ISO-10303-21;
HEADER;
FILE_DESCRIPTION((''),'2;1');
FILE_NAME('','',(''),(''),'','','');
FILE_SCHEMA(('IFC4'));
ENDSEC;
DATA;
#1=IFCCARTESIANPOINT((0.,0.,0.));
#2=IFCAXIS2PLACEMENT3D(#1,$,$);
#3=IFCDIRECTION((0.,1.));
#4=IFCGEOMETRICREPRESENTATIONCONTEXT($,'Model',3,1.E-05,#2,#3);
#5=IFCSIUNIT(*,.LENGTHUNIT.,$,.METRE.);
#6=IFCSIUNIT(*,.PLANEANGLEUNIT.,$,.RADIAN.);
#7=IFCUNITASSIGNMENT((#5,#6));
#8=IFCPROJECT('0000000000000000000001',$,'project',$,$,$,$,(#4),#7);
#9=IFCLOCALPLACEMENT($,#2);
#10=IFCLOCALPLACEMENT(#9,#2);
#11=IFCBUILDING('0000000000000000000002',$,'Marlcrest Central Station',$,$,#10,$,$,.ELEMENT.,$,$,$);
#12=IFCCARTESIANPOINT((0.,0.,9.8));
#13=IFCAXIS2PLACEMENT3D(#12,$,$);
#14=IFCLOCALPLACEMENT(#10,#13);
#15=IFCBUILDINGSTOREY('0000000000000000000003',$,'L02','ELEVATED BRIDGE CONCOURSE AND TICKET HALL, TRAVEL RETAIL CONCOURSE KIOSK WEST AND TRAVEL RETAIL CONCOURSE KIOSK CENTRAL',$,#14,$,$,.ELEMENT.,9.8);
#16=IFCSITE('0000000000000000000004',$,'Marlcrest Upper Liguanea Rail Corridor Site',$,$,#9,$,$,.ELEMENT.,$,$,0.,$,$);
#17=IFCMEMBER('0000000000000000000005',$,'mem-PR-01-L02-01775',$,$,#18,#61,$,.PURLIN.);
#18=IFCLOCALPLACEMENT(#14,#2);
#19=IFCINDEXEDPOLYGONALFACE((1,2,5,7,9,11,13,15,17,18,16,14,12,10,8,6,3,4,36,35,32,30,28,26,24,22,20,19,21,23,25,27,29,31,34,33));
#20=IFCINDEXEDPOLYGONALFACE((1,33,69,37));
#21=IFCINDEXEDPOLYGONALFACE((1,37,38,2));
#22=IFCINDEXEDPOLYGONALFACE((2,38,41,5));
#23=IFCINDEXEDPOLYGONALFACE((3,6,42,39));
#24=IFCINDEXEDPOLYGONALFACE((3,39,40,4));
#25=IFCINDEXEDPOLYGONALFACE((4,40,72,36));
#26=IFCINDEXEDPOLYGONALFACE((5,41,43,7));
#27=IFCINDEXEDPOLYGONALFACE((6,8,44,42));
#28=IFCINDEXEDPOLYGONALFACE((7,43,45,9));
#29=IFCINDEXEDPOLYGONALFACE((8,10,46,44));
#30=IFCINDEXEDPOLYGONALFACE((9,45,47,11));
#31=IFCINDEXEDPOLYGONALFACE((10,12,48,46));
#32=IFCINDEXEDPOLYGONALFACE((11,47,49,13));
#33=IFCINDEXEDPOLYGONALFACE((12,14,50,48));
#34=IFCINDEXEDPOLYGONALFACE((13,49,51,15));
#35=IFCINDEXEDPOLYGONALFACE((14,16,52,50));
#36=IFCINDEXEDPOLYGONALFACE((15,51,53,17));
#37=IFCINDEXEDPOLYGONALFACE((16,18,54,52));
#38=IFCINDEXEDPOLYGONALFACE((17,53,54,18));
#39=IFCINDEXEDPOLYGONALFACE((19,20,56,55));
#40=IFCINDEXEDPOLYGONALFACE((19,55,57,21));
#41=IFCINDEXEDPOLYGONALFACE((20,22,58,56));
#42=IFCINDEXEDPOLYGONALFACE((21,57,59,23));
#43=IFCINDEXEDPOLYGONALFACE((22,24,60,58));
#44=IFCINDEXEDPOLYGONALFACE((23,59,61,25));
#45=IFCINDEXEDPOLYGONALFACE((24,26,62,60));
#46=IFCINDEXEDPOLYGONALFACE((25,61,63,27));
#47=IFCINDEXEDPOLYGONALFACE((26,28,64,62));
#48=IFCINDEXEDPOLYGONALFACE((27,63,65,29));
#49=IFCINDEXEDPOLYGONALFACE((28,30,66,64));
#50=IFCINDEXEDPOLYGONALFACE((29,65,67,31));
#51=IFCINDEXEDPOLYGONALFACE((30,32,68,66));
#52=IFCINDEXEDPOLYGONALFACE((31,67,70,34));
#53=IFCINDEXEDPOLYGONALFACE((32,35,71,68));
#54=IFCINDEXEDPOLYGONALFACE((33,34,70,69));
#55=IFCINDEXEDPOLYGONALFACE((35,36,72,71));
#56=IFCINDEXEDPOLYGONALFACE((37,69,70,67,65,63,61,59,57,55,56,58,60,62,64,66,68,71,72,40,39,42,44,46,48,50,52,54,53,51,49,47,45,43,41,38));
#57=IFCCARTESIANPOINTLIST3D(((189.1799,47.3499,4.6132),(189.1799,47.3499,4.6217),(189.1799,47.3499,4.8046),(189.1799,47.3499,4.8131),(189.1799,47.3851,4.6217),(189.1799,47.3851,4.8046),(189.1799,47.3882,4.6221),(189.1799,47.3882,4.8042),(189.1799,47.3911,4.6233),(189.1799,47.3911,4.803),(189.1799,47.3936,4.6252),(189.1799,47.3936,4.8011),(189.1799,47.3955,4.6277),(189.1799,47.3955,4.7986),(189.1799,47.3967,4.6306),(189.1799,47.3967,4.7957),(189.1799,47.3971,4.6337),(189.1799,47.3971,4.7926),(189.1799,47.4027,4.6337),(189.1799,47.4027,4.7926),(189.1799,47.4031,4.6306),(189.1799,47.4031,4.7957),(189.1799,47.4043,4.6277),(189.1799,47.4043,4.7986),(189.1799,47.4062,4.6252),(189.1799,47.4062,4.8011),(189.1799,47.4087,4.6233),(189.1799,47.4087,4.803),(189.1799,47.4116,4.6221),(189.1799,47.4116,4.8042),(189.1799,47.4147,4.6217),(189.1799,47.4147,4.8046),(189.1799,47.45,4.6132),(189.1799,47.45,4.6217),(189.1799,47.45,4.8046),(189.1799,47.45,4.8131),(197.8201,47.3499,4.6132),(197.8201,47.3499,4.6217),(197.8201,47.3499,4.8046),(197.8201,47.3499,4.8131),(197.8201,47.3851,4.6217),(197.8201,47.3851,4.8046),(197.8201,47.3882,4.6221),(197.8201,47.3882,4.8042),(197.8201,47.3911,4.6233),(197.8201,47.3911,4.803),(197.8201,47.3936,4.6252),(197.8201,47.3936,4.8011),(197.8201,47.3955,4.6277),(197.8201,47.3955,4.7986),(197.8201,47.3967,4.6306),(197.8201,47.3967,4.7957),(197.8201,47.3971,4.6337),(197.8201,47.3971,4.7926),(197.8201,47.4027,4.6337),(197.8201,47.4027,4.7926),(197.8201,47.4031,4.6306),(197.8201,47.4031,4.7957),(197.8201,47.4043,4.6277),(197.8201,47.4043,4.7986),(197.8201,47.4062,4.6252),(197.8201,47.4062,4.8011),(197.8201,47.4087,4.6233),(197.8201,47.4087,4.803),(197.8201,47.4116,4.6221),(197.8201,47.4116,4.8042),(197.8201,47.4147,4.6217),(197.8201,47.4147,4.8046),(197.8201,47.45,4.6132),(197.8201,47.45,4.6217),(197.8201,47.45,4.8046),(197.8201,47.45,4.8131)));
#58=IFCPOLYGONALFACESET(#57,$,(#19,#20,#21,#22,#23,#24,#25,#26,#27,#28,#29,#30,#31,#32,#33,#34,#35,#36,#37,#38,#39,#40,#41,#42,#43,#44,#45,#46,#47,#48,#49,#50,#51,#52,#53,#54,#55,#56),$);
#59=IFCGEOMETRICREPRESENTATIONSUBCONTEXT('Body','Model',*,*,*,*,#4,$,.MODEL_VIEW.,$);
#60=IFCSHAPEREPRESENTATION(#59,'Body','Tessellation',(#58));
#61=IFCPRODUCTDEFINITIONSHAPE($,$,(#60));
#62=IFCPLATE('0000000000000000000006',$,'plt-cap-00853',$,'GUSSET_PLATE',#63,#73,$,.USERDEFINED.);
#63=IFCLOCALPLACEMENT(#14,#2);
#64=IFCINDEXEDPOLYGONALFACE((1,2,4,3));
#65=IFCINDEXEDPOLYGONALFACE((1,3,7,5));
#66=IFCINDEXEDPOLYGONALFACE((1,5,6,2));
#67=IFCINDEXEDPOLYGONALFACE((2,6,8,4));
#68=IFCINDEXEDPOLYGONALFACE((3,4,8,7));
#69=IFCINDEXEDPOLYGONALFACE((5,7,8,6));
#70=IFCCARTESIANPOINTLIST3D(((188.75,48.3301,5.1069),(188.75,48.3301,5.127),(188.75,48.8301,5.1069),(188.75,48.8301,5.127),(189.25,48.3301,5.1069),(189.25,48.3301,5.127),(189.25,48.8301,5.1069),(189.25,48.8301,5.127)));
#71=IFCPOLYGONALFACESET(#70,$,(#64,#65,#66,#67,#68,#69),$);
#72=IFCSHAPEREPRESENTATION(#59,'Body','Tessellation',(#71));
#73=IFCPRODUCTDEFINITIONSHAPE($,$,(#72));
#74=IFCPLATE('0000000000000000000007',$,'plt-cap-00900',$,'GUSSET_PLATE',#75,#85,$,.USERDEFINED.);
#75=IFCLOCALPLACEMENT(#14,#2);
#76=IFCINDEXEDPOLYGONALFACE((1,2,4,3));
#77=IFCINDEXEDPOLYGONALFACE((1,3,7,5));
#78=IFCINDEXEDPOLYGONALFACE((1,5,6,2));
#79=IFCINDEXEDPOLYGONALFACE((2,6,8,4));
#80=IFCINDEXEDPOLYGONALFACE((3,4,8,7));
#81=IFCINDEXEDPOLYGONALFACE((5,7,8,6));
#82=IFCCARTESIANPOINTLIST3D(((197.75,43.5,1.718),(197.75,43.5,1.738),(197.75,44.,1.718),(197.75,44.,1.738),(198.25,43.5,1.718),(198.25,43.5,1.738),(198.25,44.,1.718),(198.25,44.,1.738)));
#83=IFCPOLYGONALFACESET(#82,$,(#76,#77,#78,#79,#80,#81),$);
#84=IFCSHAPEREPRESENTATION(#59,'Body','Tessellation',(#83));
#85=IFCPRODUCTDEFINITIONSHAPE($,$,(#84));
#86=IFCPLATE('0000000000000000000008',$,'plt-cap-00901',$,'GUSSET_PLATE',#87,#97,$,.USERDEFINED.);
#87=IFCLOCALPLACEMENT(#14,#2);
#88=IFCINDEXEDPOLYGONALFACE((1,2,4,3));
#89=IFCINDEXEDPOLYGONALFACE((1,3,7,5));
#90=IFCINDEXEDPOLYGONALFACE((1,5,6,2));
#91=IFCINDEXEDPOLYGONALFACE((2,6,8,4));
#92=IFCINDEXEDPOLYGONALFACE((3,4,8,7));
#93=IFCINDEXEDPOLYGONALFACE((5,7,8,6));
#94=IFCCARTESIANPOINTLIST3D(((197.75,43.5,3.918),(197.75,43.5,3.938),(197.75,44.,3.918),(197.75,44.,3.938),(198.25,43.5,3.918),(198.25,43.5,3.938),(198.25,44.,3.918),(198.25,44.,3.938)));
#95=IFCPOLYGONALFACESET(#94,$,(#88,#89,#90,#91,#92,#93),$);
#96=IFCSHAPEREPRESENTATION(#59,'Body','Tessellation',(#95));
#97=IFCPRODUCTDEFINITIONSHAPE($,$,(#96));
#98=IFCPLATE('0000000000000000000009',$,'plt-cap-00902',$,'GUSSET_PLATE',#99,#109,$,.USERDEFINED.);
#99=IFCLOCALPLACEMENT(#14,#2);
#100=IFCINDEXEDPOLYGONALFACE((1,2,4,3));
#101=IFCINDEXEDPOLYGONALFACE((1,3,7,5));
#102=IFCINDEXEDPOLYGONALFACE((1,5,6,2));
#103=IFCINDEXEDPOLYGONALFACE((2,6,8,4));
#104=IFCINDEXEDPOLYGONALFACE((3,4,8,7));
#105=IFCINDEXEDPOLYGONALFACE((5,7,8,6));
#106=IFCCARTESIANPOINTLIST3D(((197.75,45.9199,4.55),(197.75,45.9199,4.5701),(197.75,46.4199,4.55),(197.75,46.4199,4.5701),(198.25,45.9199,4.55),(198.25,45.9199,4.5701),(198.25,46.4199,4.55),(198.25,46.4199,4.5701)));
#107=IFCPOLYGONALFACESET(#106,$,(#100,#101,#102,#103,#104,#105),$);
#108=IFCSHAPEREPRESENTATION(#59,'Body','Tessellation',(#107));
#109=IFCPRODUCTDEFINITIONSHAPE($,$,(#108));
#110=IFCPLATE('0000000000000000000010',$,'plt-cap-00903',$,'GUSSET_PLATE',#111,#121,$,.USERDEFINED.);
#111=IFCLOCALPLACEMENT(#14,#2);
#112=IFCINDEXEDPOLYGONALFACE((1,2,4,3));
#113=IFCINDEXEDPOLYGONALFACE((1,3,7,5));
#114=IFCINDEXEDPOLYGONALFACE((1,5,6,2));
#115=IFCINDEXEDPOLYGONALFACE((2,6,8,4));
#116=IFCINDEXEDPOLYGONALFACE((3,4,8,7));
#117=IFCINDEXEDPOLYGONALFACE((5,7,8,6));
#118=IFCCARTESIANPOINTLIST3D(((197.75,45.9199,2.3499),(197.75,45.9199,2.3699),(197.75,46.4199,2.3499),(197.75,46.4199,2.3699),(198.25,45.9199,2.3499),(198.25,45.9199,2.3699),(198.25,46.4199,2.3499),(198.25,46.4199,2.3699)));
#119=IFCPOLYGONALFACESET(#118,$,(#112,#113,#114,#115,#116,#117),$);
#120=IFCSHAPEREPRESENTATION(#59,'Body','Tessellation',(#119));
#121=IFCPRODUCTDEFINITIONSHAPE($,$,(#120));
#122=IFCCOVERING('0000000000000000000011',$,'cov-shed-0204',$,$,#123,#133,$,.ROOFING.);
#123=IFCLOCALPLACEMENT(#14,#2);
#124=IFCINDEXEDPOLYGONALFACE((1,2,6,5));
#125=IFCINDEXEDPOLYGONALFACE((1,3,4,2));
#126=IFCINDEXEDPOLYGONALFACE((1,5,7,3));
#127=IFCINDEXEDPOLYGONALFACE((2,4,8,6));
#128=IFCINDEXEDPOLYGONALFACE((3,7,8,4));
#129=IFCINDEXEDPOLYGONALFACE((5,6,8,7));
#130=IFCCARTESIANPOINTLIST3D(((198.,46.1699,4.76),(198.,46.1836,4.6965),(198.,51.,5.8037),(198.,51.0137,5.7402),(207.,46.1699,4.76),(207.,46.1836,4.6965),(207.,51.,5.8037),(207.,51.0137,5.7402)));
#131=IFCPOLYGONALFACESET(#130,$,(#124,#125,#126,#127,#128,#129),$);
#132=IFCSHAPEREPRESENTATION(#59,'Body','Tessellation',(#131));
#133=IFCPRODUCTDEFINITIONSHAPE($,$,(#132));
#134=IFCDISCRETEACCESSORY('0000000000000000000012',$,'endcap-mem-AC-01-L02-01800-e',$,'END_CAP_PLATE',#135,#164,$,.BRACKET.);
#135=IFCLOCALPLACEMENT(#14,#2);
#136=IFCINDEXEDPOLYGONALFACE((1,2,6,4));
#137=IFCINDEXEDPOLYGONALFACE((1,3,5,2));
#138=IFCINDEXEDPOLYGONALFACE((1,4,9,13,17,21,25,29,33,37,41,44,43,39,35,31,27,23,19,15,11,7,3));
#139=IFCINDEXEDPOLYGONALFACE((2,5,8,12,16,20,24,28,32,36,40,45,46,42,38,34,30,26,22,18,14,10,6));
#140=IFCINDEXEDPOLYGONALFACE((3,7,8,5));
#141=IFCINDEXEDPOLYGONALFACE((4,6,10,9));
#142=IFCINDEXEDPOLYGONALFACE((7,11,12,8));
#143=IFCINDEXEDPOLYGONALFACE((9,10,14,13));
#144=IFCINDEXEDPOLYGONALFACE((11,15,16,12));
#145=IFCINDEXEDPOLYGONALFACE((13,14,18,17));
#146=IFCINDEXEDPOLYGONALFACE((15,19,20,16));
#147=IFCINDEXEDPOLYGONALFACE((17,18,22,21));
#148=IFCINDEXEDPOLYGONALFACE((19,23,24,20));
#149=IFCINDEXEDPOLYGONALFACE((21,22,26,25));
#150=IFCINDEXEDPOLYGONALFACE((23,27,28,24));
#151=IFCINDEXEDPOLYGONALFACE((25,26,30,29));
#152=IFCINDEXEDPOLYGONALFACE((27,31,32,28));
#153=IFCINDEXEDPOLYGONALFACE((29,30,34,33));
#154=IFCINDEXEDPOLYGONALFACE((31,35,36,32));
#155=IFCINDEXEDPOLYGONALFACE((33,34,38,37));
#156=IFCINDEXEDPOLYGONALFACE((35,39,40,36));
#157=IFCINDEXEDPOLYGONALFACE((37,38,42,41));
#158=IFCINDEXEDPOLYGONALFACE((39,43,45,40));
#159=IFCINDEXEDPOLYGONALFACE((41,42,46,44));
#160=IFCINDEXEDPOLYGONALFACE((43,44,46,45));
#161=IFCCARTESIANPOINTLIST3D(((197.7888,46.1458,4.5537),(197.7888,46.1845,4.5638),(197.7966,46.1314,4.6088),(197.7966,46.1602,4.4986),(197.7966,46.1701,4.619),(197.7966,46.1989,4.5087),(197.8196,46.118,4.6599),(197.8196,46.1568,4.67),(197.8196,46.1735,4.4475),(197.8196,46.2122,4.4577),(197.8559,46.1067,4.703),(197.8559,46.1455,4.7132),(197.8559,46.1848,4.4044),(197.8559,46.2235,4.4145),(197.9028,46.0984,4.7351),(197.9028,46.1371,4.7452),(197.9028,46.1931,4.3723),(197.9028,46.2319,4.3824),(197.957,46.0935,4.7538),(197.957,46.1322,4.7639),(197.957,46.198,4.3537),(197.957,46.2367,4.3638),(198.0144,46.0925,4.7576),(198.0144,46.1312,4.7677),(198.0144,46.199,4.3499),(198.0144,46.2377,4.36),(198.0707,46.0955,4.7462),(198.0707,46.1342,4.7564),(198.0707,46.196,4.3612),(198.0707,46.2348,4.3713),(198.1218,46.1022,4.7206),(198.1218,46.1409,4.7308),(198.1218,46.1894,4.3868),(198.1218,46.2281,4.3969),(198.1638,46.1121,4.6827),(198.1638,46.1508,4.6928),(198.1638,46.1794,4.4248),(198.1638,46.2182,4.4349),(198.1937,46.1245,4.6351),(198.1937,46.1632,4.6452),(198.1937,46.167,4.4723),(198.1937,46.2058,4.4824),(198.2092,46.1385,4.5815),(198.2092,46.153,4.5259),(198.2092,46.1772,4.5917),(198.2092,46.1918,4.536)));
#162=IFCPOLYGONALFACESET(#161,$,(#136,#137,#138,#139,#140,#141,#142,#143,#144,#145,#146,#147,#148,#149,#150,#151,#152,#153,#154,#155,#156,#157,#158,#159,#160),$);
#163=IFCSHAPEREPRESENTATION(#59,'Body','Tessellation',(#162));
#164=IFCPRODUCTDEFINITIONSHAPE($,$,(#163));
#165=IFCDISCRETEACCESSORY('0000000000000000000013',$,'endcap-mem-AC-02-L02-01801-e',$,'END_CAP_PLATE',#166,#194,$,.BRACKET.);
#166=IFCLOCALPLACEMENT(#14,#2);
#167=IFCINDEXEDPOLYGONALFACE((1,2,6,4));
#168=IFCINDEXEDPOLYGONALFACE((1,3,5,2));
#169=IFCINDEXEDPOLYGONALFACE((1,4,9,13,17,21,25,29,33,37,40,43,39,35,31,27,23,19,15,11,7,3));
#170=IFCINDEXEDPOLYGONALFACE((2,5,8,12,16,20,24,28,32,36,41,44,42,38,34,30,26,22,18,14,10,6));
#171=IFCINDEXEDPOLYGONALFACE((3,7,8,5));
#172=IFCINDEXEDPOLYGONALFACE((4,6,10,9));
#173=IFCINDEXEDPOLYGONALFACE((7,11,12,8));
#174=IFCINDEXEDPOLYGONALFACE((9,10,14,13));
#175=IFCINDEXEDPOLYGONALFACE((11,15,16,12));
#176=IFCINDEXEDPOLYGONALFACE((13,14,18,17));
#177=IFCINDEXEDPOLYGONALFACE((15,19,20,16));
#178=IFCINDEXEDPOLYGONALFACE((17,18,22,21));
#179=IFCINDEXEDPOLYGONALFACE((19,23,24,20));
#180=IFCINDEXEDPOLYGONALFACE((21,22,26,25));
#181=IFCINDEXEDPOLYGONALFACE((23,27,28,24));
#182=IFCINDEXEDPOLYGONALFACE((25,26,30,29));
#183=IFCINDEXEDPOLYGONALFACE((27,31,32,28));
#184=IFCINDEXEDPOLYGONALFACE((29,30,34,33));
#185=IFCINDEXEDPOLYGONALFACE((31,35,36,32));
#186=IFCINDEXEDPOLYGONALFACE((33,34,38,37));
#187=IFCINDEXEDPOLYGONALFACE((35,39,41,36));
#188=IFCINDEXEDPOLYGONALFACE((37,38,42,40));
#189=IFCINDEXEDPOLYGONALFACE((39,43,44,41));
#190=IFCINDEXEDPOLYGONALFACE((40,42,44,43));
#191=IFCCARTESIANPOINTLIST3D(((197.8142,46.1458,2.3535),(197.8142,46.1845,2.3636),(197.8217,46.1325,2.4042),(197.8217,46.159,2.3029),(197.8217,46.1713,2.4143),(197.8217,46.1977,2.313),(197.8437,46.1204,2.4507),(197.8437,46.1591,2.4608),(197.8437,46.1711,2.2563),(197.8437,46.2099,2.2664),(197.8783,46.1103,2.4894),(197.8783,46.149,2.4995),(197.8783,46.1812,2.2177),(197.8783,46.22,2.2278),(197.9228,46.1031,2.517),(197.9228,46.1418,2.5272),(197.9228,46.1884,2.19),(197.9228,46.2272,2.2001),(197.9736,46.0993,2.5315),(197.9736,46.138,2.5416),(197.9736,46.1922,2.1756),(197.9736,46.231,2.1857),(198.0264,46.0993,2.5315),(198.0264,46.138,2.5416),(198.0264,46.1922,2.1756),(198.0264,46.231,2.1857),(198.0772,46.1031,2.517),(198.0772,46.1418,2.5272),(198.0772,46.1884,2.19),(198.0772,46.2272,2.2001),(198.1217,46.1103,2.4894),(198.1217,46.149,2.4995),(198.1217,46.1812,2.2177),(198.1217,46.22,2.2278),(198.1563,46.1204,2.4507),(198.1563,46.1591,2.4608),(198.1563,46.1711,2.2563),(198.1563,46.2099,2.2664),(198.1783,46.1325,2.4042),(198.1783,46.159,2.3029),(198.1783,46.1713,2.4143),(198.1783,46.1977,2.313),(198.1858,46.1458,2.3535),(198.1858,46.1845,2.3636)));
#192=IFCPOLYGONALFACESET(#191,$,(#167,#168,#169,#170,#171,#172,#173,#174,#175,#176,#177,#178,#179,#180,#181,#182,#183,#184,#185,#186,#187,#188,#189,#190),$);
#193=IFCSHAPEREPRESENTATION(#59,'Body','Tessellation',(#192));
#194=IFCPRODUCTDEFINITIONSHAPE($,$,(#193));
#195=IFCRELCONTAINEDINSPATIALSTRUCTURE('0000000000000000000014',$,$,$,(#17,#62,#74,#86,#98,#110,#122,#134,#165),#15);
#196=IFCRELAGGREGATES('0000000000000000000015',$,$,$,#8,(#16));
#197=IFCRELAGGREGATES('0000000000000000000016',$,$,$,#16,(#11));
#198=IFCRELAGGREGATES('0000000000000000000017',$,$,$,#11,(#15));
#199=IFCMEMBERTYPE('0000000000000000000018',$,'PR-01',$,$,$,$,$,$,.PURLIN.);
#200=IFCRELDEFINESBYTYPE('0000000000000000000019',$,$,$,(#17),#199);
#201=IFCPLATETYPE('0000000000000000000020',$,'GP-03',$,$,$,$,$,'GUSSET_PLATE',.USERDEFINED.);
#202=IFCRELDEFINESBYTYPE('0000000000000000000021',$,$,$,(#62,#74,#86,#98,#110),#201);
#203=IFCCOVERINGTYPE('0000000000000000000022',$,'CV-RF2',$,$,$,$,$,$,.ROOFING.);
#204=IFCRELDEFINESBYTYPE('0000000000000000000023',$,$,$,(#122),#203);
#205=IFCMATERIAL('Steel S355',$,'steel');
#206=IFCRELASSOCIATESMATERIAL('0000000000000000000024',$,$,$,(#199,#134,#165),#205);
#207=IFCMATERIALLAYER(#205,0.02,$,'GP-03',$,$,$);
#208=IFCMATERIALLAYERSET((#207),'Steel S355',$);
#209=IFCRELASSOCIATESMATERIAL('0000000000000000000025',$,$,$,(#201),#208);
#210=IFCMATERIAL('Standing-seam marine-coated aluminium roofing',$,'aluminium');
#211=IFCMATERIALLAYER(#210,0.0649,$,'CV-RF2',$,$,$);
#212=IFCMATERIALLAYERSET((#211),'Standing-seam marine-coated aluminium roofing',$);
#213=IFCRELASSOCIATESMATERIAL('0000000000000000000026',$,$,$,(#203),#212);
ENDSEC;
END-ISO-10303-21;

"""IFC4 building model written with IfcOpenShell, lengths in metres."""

from ifc_helpers import new_model, si_unit, direction, frame, origin, origin_2d, place, context, subcontext, project, spatial, polyline, rectangle, circle, i_section, outline, extrude, material, layer, layer_set, material_profile, profile_set, type_object, element, save


model = new_model("IFC4")

# Units and contexts
model_context = context("Model", 3, precision=1e-05, world=origin(), true_north=direction((0.0, 1.0)))
body_context = subcontext(model_context, "Body", "Model", "MODEL_VIEW")
ifc_project = project(units=[si_unit("LENGTHUNIT", "METRE"), si_unit("PLANEANGLEUNIT", "RADIAN")], contexts=[model_context])

# Site, building, storey
site_placement = place(None, origin())
site = spatial("IfcSite", under=ifc_project, at=site_placement, Name="Marlcrest Upper Liguanea Rail Corridor Site", CompositionType="ELEMENT", RefElevation=0.0)
building_placement = place(site_placement, origin())
building = spatial("IfcBuilding", under=site, at=building_placement, Name="Marlcrest Central Station", CompositionType="ELEMENT")
storey_placement = place(building_placement, frame((0.0, 0.0, 9.8)))
storey = spatial("IfcBuildingStorey", under=building, at=storey_placement, Name="L02", Description="ELEVATED BRIDGE CONCOURSE AND TICKET HALL, TRAVEL RETAIL CONCOURSE KIOSK WEST AND TRAVEL RETAIL CONCOURSE KIOSK CENTRAL", CompositionType="ELEMENT", Elevation=9.8)

# Member
ifc_material_1 = material(Name="Steel S355", Category="steel")
ifc_material_profile_1 = material_profile(ifc_material_1, i_section(OverallWidth=0.1001, OverallDepth=0.2, WebThickness=0.0056, FlangeThickness=0.0085, FilletRadius=0.012, at=origin_2d()), Name="IPE 200")
ifc_profile_set_1 = profile_set([ifc_material_profile_1], Name="Steel S355")
member_type_1 = type_object("IfcMemberType", Name="PR-01", PredefinedType="PURLIN", material=ifc_profile_set_1)
for number, where, z_axis, x_axis, name in (
    (1, (189.1799, 47.3999, 4.7131), (1.0, 0.0, 0.0), (0.0, 1.0, 0.0), "mem-PR-01-L02-01775"),
):
    element("IfcMember", number, at=place(storey_placement, frame(where, z_axis=z_axis, x_axis=x_axis)), inside=storey, type_object=member_type_1, Name=name, PredefinedType="PURLIN", context=body_context, shape_type="SweptSolid", body=[
        extrude(i_section(OverallWidth=0.1001, OverallDepth=0.2, WebThickness=0.0056, FlangeThickness=0.0085, FilletRadius=0.012, at=origin_2d()), origin(), (0.0, 0.0, 1.0), 8.6401),
    ])

# Plates
ifc_layer_1 = layer(ifc_material_1, 0.02, Name="GP-03")
ifc_layer_set_1 = layer_set([ifc_layer_1], Name="Steel S355")
plate_type = type_object("IfcPlateType", Name="GP-03", ElementType="GUSSET_PLATE", PredefinedType="USERDEFINED", material=ifc_layer_set_1)
for number, where, z_axis, x_axis, name in (
    (2, (189.0, 48.5801, 5.1069), (0.0, 0.0, 1.0), (1.0, 0.0, 0.0), "plt-cap-00853"),
    (3, (198.0, 43.75, 1.718), (0.0, 0.0, 1.0), (1.0, 0.0, 0.0), "plt-cap-00900"),
    (4, (198.0, 43.75, 3.918), (0.0, 0.0, 1.0), (1.0, 0.0, 0.0), "plt-cap-00901"),
    (5, (198.0, 46.1699, 4.55), (0.0, 0.0, 1.0), (1.0, 0.0, 0.0), "plt-cap-00902"),
    (6, (198.0, 46.1699, 2.3499), (0.0, 0.0, 1.0), (1.0, 0.0, 0.0), "plt-cap-00903"),
):
    element("IfcPlate", number, at=place(storey_placement, frame(where, z_axis=z_axis, x_axis=x_axis)), inside=storey, type_object=plate_type, Name=name, ObjectType="GUSSET_PLATE", PredefinedType="USERDEFINED", context=body_context, shape_type="SweptSolid", body=[
        extrude(rectangle(XDim=0.5, YDim=0.5, at=origin_2d()), origin(), (0.0, 0.0, 1.0), 0.02),
    ])

# Covering
ifc_material_2 = material(Name="Standing-seam marine-coated aluminium roofing", Category="aluminium")
ifc_layer_2 = layer(ifc_material_2, 0.0649, Name="CV-RF2")
ifc_layer_set_2 = layer_set([ifc_layer_2], Name="Standing-seam marine-coated aluminium roofing")
covering_type = type_object("IfcCoveringType", Name="CV-RF2", PredefinedType="ROOFING", material=ifc_layer_set_2)
covering_placement = place(storey_placement, frame((198.0, 46.1699, 4.76), z_axis=(0.0, -0.211209, 0.977441), x_axis=(1.0, 0.0, 0.0)))
element("IfcCovering", 7, at=covering_placement, inside=storey, type_object=covering_type, Name="cov-shed-0204", PredefinedType="ROOFING", context=body_context, shape_type="SweptSolid", body=[
    extrude(outline(polyline([(0.0, 0.0), (9.0, 0.0), (9.0, 4.9416), (0.0, 4.9416), (0.0, 0.0)])), origin(), (0.0, 0.0, -1.0), 0.0649),
])

# Discrete accessories
discrete_accessory_1_placement = place(storey_placement, frame((198.0, 46.1458, 4.5537), z_axis=(0.0, 0.967539, 0.25272), x_axis=(-1.0, 0.0, 0.0)))
element("IfcDiscreteAccessory", 8, at=discrete_accessory_1_placement, inside=storey, material=ifc_material_1, Name="endcap-mem-AC-01-L02-01800-e", ObjectType="END_CAP_PLATE", PredefinedType="BRACKET", context=body_context, shape_type="SweptSolid", body=[
    extrude(circle(Radius=0.2112, at=origin_2d()), origin(), (0.0, 0.0, 1.0), 0.04),
])
discrete_accessory_2_placement = place(storey_placement, frame((198.0, 46.1458, 2.3535), z_axis=(0.0, 0.967563, 0.252629), x_axis=(-1.0, 0.0, 0.0)))
element("IfcDiscreteAccessory", 9, at=discrete_accessory_2_placement, inside=storey, material=ifc_material_1, Name="endcap-mem-AC-02-L02-01801-e", ObjectType="END_CAP_PLATE", PredefinedType="BRACKET", context=body_context, shape_type="SweptSolid", body=[
    extrude(circle(Radius=0.1858, at=origin_2d()), origin(), (0.0, 0.0, 1.0), 0.04),
])

save(model, "model.ifc")
